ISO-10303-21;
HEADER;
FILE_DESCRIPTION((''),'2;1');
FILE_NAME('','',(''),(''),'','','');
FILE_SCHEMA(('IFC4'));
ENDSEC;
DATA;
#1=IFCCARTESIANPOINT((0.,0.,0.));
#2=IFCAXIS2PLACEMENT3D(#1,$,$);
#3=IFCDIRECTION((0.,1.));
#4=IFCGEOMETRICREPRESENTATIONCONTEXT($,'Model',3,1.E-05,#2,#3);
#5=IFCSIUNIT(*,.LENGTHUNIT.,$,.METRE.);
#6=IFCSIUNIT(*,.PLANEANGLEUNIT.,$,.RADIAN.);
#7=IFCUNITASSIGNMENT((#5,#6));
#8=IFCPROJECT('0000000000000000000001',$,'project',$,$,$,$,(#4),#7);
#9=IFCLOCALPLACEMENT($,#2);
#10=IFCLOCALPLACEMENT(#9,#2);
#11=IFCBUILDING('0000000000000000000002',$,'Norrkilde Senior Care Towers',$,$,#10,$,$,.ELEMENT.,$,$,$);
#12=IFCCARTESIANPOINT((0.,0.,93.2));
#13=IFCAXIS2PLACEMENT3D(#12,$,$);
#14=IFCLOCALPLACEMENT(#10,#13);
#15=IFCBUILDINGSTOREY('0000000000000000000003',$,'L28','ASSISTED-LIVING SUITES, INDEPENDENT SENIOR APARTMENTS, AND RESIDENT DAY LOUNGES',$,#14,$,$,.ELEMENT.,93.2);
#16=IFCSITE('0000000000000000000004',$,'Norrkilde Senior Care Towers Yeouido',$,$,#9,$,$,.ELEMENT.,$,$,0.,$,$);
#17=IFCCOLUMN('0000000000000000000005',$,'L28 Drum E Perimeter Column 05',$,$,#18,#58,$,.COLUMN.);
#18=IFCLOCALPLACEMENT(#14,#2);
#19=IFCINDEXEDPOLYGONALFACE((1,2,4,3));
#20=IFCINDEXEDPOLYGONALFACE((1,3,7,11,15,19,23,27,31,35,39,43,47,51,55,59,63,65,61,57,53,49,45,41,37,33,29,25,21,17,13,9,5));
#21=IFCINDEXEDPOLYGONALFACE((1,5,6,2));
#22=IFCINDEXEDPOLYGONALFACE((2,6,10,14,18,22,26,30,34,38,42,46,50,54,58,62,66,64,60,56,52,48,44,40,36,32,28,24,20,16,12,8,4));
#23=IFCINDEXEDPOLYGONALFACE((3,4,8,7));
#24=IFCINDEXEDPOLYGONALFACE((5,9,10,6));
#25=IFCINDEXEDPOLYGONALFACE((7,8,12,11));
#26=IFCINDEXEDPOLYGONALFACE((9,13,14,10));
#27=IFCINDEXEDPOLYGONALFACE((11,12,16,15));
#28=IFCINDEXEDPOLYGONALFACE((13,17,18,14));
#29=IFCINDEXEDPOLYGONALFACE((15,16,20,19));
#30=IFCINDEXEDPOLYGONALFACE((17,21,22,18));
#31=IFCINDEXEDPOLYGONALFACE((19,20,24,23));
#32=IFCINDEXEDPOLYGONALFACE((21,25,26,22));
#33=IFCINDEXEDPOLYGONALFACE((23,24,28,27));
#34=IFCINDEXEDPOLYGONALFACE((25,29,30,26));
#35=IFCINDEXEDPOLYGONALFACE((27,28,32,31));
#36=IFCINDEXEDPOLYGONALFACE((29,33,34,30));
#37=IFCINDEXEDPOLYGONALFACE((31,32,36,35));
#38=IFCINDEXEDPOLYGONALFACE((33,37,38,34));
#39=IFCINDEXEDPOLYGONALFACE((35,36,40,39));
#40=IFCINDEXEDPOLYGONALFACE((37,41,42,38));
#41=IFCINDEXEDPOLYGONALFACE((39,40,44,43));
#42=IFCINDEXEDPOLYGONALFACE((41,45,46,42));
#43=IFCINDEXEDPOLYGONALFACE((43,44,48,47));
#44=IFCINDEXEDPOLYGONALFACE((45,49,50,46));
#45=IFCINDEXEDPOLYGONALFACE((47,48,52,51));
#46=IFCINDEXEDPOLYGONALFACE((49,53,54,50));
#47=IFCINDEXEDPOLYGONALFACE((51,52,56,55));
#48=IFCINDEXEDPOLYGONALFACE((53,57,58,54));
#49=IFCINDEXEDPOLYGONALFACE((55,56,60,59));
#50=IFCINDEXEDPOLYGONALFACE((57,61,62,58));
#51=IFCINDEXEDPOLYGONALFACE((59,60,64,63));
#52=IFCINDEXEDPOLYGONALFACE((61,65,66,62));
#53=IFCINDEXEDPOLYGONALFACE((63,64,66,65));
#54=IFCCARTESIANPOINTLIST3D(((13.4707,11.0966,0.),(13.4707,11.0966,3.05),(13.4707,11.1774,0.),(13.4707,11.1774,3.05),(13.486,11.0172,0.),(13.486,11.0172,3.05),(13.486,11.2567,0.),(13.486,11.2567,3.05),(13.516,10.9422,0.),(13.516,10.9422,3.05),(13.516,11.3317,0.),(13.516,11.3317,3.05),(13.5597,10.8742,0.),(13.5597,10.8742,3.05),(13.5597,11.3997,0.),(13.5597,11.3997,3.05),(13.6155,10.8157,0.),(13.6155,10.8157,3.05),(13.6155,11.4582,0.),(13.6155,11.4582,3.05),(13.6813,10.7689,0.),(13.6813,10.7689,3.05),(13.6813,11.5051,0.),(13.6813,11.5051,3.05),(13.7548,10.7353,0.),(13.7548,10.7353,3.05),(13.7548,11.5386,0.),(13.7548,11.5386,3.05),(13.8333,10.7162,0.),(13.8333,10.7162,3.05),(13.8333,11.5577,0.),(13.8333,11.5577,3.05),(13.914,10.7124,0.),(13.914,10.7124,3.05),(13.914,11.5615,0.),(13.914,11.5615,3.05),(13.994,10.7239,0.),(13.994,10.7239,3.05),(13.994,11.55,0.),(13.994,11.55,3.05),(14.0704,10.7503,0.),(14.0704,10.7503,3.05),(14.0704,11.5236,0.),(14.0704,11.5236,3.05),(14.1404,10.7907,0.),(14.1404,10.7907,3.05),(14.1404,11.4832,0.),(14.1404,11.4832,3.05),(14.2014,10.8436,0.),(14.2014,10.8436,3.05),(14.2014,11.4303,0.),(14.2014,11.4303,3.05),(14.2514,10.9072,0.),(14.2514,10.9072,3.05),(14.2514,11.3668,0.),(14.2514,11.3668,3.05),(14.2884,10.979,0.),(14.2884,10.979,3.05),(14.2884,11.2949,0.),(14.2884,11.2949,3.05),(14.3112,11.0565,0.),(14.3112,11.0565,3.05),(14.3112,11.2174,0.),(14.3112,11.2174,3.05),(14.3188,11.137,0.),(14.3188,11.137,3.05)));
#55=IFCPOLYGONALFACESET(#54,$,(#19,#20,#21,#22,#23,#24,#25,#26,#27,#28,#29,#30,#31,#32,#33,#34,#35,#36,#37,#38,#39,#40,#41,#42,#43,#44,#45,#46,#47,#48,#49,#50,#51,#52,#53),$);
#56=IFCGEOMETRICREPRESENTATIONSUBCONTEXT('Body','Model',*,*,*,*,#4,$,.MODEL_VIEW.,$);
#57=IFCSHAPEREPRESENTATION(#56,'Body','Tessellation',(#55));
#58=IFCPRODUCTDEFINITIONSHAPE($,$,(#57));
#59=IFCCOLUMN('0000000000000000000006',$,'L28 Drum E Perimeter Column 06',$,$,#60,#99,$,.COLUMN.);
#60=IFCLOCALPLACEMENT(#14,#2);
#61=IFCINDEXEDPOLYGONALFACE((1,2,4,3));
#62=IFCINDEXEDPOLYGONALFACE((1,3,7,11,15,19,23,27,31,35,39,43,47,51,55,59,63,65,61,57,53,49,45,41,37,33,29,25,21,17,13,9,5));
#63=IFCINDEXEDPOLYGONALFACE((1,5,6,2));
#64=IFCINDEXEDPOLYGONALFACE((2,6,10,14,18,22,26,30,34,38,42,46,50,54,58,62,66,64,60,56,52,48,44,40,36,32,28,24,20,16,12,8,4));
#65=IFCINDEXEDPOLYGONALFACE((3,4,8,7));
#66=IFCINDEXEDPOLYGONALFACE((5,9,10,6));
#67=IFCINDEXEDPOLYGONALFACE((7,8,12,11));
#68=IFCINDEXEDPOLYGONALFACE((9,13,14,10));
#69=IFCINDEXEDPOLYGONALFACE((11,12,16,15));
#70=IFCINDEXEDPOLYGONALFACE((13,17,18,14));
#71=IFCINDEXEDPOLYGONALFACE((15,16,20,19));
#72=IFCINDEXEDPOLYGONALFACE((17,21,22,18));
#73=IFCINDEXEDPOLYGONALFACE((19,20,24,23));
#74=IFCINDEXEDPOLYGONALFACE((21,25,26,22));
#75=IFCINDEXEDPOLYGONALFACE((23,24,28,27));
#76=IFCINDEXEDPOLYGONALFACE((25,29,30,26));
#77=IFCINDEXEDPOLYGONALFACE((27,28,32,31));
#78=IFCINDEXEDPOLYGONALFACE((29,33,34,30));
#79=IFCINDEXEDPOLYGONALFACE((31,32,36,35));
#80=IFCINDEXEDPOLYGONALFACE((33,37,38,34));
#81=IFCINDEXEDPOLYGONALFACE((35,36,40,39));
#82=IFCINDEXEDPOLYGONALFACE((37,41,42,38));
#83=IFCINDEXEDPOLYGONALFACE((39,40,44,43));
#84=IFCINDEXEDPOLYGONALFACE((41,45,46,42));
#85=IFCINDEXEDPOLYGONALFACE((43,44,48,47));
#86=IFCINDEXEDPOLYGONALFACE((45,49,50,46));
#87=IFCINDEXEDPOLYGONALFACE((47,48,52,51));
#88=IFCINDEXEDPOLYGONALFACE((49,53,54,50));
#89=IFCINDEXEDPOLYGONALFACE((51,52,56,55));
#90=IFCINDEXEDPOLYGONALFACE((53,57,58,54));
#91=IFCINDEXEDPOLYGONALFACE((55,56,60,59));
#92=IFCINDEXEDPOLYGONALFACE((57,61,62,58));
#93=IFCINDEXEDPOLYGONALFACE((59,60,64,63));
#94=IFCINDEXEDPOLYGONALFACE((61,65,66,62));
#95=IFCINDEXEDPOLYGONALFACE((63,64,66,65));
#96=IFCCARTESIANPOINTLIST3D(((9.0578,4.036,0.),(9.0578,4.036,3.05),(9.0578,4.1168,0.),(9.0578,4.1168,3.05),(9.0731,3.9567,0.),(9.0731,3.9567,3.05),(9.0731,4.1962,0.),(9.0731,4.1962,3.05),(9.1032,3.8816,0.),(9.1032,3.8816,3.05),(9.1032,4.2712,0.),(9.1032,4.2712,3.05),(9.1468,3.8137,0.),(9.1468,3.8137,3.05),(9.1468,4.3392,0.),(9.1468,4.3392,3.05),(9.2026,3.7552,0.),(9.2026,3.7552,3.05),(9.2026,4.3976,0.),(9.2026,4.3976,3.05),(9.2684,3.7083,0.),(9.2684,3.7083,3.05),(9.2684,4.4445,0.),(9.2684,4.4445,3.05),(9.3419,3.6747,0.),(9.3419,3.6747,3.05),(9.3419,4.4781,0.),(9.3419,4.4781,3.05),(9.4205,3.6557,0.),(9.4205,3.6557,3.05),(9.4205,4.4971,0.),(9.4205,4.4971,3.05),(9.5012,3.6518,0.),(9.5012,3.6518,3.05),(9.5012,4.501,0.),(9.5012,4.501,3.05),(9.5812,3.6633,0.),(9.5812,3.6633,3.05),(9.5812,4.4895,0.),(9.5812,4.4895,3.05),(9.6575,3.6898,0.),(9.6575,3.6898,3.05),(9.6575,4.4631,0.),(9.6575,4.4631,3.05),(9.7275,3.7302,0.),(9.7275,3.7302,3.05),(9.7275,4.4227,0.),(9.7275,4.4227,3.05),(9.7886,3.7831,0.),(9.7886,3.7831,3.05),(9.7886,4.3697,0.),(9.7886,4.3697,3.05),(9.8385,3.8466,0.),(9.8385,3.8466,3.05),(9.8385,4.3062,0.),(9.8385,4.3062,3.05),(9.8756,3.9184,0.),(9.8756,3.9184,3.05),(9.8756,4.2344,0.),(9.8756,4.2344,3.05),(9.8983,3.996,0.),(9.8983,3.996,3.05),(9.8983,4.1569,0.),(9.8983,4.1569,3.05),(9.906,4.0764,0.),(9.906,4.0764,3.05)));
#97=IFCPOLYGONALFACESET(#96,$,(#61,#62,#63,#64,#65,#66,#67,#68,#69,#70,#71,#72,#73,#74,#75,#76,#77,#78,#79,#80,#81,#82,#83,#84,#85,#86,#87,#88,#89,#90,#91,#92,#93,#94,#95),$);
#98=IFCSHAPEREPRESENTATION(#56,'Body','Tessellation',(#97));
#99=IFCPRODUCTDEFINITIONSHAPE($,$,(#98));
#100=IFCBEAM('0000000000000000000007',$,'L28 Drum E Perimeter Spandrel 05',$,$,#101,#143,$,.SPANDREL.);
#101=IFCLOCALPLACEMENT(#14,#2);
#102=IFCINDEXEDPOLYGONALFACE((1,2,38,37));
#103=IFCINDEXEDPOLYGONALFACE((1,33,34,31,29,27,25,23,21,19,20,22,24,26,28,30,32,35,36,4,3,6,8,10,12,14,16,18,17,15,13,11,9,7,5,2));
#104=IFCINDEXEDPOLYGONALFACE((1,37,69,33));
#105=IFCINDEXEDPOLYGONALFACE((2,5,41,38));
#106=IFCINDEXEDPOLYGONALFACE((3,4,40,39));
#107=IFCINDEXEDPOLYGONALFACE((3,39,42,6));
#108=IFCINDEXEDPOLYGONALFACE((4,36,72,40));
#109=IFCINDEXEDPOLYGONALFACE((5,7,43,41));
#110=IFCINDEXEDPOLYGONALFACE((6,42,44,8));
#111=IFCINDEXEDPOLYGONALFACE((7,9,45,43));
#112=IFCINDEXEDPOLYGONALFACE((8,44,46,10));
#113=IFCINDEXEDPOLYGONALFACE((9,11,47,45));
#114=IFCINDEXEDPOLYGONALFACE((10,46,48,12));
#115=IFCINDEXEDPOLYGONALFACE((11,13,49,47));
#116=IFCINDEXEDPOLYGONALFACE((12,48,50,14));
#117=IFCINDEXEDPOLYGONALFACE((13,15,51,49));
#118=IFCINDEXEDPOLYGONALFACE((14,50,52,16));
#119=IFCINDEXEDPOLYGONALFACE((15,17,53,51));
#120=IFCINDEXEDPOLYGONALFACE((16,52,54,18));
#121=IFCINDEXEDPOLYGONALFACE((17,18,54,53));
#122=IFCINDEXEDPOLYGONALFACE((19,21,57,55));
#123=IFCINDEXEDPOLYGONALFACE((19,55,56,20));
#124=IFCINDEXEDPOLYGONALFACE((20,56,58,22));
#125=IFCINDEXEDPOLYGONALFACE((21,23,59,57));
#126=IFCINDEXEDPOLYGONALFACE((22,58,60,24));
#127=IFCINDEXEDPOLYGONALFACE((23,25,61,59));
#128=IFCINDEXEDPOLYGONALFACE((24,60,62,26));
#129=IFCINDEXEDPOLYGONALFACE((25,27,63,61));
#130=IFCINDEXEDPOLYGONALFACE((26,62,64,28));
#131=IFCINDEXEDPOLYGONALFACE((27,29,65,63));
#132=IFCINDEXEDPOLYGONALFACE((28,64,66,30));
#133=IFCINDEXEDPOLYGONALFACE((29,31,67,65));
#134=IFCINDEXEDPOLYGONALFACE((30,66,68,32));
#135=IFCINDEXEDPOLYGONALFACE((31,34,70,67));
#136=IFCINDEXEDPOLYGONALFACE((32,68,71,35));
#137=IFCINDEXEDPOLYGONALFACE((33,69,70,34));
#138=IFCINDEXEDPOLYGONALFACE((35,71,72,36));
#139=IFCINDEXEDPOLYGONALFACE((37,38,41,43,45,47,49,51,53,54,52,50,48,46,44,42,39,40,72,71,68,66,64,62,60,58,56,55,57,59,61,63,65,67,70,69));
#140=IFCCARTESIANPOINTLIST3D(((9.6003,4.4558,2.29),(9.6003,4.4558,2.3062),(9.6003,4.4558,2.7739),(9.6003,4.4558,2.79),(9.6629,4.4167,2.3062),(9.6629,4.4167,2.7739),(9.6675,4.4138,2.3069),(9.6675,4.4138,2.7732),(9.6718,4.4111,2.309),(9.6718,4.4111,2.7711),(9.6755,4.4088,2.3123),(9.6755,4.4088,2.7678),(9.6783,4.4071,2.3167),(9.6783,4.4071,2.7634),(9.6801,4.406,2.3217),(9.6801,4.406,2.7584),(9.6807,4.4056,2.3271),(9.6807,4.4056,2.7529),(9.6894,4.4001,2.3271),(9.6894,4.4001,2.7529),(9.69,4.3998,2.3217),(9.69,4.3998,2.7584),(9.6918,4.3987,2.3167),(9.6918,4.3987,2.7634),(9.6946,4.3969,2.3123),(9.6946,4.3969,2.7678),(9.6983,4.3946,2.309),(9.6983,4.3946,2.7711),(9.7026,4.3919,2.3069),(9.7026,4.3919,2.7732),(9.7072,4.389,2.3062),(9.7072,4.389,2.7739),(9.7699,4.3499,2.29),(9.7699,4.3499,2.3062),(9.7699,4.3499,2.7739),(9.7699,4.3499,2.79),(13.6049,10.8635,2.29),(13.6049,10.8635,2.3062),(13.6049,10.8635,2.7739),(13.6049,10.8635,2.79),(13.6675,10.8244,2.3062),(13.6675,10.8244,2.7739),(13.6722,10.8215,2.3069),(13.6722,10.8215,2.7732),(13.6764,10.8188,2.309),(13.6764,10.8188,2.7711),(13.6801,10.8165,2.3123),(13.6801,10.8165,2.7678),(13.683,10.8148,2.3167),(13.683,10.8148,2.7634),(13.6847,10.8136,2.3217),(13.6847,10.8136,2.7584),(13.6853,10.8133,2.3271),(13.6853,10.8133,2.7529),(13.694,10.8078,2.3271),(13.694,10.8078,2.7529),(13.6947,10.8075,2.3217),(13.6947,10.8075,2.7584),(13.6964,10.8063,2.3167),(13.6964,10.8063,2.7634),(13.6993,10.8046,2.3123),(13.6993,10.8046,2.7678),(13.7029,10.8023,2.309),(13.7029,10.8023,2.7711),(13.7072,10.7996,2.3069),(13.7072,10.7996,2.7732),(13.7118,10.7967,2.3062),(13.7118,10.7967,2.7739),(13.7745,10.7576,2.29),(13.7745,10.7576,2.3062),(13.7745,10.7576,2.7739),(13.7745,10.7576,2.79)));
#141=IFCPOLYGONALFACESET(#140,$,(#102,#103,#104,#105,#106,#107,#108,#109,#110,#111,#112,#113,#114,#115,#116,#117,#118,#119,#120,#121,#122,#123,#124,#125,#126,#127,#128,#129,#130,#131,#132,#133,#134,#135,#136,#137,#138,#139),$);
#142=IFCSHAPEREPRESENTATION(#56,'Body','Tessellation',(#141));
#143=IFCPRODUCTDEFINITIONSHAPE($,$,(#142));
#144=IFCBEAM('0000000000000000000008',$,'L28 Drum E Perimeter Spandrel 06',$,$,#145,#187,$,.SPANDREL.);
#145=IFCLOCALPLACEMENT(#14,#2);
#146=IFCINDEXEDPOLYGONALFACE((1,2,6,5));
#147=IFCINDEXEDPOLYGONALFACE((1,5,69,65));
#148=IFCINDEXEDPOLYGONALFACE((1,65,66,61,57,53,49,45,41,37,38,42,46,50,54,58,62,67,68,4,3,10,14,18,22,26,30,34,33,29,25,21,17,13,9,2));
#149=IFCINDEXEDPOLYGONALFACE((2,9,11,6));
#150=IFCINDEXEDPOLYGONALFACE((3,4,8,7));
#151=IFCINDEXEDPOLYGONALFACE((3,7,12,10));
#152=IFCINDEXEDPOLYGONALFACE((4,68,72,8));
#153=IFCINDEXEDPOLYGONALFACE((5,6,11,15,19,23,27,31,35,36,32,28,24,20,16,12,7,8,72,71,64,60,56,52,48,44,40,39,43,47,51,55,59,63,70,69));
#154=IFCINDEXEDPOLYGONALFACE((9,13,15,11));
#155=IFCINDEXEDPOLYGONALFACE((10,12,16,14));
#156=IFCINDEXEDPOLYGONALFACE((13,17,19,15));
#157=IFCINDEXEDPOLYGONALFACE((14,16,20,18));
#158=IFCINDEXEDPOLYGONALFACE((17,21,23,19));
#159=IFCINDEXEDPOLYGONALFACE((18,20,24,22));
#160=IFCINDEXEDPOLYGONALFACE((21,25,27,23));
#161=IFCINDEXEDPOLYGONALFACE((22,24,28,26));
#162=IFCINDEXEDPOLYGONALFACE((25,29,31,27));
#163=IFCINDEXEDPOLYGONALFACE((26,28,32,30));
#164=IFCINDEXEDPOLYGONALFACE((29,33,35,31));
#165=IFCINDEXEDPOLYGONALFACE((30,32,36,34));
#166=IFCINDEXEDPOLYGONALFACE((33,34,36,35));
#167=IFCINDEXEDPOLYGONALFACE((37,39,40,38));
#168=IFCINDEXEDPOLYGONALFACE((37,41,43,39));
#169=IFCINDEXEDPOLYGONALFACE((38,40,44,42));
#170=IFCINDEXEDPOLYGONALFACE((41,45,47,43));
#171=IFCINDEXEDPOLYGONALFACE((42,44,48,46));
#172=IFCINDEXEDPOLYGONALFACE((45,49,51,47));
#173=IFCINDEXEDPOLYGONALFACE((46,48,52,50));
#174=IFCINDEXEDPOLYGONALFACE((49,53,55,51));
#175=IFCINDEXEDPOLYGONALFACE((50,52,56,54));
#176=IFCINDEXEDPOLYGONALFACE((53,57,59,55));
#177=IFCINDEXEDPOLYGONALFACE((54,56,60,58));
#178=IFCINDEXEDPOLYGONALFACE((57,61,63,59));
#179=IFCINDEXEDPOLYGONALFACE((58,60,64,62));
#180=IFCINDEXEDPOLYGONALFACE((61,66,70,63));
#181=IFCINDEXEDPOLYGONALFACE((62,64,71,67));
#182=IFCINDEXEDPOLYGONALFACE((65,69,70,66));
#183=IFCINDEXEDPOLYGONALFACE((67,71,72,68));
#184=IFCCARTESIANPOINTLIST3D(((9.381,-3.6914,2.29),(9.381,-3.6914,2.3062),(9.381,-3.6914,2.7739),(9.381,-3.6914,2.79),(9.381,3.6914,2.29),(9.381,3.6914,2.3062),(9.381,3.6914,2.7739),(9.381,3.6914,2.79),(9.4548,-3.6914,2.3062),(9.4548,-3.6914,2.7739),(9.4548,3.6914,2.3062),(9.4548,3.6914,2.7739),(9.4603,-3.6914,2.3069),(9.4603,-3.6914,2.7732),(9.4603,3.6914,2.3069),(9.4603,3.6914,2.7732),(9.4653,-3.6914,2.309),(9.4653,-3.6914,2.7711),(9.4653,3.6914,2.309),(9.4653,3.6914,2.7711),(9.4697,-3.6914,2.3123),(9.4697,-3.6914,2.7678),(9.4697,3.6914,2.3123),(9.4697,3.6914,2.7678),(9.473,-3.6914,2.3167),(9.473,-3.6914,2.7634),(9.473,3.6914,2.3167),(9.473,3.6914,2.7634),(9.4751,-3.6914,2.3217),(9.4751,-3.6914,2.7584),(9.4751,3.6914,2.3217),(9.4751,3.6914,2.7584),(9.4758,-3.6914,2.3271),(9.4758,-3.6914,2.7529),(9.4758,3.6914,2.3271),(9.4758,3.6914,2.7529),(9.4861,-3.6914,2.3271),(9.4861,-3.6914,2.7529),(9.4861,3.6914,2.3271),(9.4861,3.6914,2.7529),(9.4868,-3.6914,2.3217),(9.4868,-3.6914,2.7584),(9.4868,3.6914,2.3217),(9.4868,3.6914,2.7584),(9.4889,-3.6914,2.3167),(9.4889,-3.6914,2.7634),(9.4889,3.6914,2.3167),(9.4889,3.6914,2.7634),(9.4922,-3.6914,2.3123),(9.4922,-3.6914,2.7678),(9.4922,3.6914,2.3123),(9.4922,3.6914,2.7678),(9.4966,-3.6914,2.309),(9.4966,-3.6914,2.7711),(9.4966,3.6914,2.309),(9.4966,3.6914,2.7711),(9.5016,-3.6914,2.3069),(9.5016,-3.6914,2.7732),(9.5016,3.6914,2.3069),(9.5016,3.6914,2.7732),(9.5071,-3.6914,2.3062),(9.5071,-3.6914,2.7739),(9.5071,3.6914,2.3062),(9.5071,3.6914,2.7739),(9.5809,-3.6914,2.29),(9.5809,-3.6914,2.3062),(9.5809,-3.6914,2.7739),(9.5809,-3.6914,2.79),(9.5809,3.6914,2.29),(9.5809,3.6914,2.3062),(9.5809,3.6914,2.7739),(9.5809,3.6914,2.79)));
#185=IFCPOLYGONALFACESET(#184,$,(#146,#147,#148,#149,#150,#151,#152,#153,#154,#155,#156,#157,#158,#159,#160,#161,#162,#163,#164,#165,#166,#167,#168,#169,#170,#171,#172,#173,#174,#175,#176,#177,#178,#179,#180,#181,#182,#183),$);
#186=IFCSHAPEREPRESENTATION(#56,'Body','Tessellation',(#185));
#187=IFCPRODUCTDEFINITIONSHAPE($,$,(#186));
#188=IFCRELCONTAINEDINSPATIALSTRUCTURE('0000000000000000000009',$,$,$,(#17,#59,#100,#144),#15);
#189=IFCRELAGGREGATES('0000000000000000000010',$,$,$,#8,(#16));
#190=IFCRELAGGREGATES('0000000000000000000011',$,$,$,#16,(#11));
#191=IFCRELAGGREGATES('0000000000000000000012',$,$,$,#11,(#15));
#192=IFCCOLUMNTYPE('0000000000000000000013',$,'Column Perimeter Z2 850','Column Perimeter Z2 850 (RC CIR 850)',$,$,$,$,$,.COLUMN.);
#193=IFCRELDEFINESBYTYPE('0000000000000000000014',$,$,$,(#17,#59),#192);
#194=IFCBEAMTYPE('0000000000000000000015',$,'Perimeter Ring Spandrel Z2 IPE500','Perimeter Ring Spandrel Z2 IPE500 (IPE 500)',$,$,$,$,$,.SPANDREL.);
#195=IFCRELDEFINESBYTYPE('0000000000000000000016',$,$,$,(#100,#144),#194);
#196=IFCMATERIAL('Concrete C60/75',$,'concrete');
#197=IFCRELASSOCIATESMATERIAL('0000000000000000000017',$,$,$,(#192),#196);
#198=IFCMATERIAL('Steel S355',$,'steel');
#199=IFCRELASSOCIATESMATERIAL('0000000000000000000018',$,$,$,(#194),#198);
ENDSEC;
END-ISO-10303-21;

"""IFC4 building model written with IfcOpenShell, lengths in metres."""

from ifc_helpers import new_model, si_unit, direction, frame, origin, origin_2d, place, context, subcontext, project, spatial, circle, i_section, extrude, source, transform, mapped, material, material_profile, profile_set, type_object, type_shapes, element, save


model = new_model("IFC4")

# Units and contexts
model_context = context("Model", 3, precision=1e-05, world=origin(), true_north=direction((0.0, 1.0)))
body_context = subcontext(model_context, "Body", "Model", "MODEL_VIEW")
ifc_project = project(units=[si_unit("LENGTHUNIT", "METRE"), si_unit("PLANEANGLEUNIT", "RADIAN")], contexts=[model_context])

# Site, building, storey
site_placement = place(None, origin())
site = spatial("IfcSite", under=ifc_project, at=site_placement, Name="Norrkilde Senior Care Towers Yeouido", CompositionType="ELEMENT", RefElevation=0.0)
building_placement = place(site_placement, origin())
building = spatial("IfcBuilding", under=site, at=building_placement, Name="Norrkilde Senior Care Towers", CompositionType="ELEMENT")
storey_placement = place(building_placement, frame((0.0, 0.0, 93.2)))
storey = spatial("IfcBuildingStorey", under=building, at=storey_placement, Name="L28", Description="ASSISTED-LIVING SUITES, INDEPENDENT SENIOR APARTMENTS, AND RESIDENT DAY LOUNGES", CompositionType="ELEMENT", Elevation=93.2)

# Columns
ifc_material_1 = material(Name="Concrete C60/75", Category="concrete")
ifc_material_profile_1 = material_profile(ifc_material_1, circle(Radius=0.425, at=origin_2d()), Name="RC CIR 850")
ifc_profile_set_1 = profile_set([ifc_material_profile_1], Name="Concrete C60/75")
column_type = type_object("IfcColumnType", Name="Column Perimeter Z2 850", Description="Column Perimeter Z2 850 (RC CIR 850)", PredefinedType="COLUMN", material=ifc_profile_set_1)
shared_shape_1 = source(origin(), body_context, "Body", "SweptSolid", [
    extrude(circle(Radius=0.425, at=origin_2d()), origin(), (0.0, 0.0, 1.0), 3.05),
])
type_shapes(column_type, [shared_shape_1])
for number, where, z_axis, x_axis, name in (
    (1, (13.8938, 11.137, 0.0), (0.0, 0.0, 1.0), (1.0, 0.0, 0.0), "L28 Drum E Perimeter Column 05"),
    (2, (9.481, 4.0764, 0.0), (0.0, 0.0, 1.0), (1.0, 0.0, 0.0), "L28 Drum E Perimeter Column 06"),
):
    element("IfcColumn", number, at=place(storey_placement, frame(where, z_axis=z_axis, x_axis=x_axis)), inside=storey, type_object=column_type, Name=name, PredefinedType="COLUMN", context=body_context, shape_type="MappedRepresentation", body=[
        mapped(shared_shape_1, transform((0.0, 0.0, 0.0), x_axis=(1.0, 0.0, 0.0), y_axis=(0.0, 1.0, 0.0), z_axis=(0.0, 0.0, 1.0), scale=1.0)),
    ])

# Beams
ifc_material_2 = material(Name="Steel S355", Category="steel")
ifc_material_profile_2 = material_profile(ifc_material_2, i_section(OverallWidth=0.2, OverallDepth=0.5, WebThickness=0.0103, FlangeThickness=0.0161, FilletRadius=0.021, at=origin_2d()), Name="IPE 500")
ifc_profile_set_2 = profile_set([ifc_material_profile_2], Name="Steel S355")
beam_type = type_object("IfcBeamType", Name="Perimeter Ring Spandrel Z2 IPE500", Description="Perimeter Ring Spandrel Z2 IPE500 (IPE 500)", PredefinedType="SPANDREL", material=ifc_profile_set_2)
shared_shape_2 = source(origin(), body_context, "Body", "SweptSolid", [
    extrude(i_section(OverallWidth=0.2, OverallDepth=0.5, WebThickness=0.0103, FlangeThickness=0.0161, FilletRadius=0.021, at=origin_2d()), origin(), (0.0, 0.0, 1.0), 7.5562),
])
beam_1_placement = place(storey_placement, frame((13.6897, 10.8105, 2.54), z_axis=(-0.529982, -0.848009, 0.0), x_axis=(0.848009, -0.529982, 0.0)))
element("IfcBeam", 3, at=beam_1_placement, inside=storey, type_object=beam_type, Name="L28 Drum E Perimeter Spandrel 05", PredefinedType="SPANDREL", context=body_context, shape_type="MappedRepresentation", body=[
    mapped(shared_shape_2, transform((0.0, 0.0, 0.0), x_axis=(1.0, 0.0, 0.0), y_axis=(0.0, 1.0, 0.0), z_axis=(0.0, 0.0, 1.0), scale=1.0)),
])
shared_shape_3 = source(origin(), body_context, "Body", "SweptSolid", [
    extrude(i_section(OverallWidth=0.2, OverallDepth=0.5, WebThickness=0.0103, FlangeThickness=0.0161, FilletRadius=0.021, at=origin_2d()), origin(), (0.0, 0.0, 1.0), 7.3828),
])
type_shapes(beam_type, [shared_shape_2, shared_shape_3])
beam_2_placement = place(storey_placement, frame((9.481, 3.6914, 2.54), z_axis=(0.0, -1.0, 0.0), x_axis=(1.0, 0.0, 0.0)))
element("IfcBeam", 4, at=beam_2_placement, inside=storey, type_object=beam_type, Name="L28 Drum E Perimeter Spandrel 06", PredefinedType="SPANDREL", context=body_context, shape_type="MappedRepresentation", body=[
    mapped(shared_shape_3, transform((0.0, 0.0, 0.0), x_axis=(1.0, 0.0, 0.0), y_axis=(0.0, 1.0, 0.0), z_axis=(0.0, 0.0, 1.0), scale=1.0)),
])

save(model, "model.ifc")
